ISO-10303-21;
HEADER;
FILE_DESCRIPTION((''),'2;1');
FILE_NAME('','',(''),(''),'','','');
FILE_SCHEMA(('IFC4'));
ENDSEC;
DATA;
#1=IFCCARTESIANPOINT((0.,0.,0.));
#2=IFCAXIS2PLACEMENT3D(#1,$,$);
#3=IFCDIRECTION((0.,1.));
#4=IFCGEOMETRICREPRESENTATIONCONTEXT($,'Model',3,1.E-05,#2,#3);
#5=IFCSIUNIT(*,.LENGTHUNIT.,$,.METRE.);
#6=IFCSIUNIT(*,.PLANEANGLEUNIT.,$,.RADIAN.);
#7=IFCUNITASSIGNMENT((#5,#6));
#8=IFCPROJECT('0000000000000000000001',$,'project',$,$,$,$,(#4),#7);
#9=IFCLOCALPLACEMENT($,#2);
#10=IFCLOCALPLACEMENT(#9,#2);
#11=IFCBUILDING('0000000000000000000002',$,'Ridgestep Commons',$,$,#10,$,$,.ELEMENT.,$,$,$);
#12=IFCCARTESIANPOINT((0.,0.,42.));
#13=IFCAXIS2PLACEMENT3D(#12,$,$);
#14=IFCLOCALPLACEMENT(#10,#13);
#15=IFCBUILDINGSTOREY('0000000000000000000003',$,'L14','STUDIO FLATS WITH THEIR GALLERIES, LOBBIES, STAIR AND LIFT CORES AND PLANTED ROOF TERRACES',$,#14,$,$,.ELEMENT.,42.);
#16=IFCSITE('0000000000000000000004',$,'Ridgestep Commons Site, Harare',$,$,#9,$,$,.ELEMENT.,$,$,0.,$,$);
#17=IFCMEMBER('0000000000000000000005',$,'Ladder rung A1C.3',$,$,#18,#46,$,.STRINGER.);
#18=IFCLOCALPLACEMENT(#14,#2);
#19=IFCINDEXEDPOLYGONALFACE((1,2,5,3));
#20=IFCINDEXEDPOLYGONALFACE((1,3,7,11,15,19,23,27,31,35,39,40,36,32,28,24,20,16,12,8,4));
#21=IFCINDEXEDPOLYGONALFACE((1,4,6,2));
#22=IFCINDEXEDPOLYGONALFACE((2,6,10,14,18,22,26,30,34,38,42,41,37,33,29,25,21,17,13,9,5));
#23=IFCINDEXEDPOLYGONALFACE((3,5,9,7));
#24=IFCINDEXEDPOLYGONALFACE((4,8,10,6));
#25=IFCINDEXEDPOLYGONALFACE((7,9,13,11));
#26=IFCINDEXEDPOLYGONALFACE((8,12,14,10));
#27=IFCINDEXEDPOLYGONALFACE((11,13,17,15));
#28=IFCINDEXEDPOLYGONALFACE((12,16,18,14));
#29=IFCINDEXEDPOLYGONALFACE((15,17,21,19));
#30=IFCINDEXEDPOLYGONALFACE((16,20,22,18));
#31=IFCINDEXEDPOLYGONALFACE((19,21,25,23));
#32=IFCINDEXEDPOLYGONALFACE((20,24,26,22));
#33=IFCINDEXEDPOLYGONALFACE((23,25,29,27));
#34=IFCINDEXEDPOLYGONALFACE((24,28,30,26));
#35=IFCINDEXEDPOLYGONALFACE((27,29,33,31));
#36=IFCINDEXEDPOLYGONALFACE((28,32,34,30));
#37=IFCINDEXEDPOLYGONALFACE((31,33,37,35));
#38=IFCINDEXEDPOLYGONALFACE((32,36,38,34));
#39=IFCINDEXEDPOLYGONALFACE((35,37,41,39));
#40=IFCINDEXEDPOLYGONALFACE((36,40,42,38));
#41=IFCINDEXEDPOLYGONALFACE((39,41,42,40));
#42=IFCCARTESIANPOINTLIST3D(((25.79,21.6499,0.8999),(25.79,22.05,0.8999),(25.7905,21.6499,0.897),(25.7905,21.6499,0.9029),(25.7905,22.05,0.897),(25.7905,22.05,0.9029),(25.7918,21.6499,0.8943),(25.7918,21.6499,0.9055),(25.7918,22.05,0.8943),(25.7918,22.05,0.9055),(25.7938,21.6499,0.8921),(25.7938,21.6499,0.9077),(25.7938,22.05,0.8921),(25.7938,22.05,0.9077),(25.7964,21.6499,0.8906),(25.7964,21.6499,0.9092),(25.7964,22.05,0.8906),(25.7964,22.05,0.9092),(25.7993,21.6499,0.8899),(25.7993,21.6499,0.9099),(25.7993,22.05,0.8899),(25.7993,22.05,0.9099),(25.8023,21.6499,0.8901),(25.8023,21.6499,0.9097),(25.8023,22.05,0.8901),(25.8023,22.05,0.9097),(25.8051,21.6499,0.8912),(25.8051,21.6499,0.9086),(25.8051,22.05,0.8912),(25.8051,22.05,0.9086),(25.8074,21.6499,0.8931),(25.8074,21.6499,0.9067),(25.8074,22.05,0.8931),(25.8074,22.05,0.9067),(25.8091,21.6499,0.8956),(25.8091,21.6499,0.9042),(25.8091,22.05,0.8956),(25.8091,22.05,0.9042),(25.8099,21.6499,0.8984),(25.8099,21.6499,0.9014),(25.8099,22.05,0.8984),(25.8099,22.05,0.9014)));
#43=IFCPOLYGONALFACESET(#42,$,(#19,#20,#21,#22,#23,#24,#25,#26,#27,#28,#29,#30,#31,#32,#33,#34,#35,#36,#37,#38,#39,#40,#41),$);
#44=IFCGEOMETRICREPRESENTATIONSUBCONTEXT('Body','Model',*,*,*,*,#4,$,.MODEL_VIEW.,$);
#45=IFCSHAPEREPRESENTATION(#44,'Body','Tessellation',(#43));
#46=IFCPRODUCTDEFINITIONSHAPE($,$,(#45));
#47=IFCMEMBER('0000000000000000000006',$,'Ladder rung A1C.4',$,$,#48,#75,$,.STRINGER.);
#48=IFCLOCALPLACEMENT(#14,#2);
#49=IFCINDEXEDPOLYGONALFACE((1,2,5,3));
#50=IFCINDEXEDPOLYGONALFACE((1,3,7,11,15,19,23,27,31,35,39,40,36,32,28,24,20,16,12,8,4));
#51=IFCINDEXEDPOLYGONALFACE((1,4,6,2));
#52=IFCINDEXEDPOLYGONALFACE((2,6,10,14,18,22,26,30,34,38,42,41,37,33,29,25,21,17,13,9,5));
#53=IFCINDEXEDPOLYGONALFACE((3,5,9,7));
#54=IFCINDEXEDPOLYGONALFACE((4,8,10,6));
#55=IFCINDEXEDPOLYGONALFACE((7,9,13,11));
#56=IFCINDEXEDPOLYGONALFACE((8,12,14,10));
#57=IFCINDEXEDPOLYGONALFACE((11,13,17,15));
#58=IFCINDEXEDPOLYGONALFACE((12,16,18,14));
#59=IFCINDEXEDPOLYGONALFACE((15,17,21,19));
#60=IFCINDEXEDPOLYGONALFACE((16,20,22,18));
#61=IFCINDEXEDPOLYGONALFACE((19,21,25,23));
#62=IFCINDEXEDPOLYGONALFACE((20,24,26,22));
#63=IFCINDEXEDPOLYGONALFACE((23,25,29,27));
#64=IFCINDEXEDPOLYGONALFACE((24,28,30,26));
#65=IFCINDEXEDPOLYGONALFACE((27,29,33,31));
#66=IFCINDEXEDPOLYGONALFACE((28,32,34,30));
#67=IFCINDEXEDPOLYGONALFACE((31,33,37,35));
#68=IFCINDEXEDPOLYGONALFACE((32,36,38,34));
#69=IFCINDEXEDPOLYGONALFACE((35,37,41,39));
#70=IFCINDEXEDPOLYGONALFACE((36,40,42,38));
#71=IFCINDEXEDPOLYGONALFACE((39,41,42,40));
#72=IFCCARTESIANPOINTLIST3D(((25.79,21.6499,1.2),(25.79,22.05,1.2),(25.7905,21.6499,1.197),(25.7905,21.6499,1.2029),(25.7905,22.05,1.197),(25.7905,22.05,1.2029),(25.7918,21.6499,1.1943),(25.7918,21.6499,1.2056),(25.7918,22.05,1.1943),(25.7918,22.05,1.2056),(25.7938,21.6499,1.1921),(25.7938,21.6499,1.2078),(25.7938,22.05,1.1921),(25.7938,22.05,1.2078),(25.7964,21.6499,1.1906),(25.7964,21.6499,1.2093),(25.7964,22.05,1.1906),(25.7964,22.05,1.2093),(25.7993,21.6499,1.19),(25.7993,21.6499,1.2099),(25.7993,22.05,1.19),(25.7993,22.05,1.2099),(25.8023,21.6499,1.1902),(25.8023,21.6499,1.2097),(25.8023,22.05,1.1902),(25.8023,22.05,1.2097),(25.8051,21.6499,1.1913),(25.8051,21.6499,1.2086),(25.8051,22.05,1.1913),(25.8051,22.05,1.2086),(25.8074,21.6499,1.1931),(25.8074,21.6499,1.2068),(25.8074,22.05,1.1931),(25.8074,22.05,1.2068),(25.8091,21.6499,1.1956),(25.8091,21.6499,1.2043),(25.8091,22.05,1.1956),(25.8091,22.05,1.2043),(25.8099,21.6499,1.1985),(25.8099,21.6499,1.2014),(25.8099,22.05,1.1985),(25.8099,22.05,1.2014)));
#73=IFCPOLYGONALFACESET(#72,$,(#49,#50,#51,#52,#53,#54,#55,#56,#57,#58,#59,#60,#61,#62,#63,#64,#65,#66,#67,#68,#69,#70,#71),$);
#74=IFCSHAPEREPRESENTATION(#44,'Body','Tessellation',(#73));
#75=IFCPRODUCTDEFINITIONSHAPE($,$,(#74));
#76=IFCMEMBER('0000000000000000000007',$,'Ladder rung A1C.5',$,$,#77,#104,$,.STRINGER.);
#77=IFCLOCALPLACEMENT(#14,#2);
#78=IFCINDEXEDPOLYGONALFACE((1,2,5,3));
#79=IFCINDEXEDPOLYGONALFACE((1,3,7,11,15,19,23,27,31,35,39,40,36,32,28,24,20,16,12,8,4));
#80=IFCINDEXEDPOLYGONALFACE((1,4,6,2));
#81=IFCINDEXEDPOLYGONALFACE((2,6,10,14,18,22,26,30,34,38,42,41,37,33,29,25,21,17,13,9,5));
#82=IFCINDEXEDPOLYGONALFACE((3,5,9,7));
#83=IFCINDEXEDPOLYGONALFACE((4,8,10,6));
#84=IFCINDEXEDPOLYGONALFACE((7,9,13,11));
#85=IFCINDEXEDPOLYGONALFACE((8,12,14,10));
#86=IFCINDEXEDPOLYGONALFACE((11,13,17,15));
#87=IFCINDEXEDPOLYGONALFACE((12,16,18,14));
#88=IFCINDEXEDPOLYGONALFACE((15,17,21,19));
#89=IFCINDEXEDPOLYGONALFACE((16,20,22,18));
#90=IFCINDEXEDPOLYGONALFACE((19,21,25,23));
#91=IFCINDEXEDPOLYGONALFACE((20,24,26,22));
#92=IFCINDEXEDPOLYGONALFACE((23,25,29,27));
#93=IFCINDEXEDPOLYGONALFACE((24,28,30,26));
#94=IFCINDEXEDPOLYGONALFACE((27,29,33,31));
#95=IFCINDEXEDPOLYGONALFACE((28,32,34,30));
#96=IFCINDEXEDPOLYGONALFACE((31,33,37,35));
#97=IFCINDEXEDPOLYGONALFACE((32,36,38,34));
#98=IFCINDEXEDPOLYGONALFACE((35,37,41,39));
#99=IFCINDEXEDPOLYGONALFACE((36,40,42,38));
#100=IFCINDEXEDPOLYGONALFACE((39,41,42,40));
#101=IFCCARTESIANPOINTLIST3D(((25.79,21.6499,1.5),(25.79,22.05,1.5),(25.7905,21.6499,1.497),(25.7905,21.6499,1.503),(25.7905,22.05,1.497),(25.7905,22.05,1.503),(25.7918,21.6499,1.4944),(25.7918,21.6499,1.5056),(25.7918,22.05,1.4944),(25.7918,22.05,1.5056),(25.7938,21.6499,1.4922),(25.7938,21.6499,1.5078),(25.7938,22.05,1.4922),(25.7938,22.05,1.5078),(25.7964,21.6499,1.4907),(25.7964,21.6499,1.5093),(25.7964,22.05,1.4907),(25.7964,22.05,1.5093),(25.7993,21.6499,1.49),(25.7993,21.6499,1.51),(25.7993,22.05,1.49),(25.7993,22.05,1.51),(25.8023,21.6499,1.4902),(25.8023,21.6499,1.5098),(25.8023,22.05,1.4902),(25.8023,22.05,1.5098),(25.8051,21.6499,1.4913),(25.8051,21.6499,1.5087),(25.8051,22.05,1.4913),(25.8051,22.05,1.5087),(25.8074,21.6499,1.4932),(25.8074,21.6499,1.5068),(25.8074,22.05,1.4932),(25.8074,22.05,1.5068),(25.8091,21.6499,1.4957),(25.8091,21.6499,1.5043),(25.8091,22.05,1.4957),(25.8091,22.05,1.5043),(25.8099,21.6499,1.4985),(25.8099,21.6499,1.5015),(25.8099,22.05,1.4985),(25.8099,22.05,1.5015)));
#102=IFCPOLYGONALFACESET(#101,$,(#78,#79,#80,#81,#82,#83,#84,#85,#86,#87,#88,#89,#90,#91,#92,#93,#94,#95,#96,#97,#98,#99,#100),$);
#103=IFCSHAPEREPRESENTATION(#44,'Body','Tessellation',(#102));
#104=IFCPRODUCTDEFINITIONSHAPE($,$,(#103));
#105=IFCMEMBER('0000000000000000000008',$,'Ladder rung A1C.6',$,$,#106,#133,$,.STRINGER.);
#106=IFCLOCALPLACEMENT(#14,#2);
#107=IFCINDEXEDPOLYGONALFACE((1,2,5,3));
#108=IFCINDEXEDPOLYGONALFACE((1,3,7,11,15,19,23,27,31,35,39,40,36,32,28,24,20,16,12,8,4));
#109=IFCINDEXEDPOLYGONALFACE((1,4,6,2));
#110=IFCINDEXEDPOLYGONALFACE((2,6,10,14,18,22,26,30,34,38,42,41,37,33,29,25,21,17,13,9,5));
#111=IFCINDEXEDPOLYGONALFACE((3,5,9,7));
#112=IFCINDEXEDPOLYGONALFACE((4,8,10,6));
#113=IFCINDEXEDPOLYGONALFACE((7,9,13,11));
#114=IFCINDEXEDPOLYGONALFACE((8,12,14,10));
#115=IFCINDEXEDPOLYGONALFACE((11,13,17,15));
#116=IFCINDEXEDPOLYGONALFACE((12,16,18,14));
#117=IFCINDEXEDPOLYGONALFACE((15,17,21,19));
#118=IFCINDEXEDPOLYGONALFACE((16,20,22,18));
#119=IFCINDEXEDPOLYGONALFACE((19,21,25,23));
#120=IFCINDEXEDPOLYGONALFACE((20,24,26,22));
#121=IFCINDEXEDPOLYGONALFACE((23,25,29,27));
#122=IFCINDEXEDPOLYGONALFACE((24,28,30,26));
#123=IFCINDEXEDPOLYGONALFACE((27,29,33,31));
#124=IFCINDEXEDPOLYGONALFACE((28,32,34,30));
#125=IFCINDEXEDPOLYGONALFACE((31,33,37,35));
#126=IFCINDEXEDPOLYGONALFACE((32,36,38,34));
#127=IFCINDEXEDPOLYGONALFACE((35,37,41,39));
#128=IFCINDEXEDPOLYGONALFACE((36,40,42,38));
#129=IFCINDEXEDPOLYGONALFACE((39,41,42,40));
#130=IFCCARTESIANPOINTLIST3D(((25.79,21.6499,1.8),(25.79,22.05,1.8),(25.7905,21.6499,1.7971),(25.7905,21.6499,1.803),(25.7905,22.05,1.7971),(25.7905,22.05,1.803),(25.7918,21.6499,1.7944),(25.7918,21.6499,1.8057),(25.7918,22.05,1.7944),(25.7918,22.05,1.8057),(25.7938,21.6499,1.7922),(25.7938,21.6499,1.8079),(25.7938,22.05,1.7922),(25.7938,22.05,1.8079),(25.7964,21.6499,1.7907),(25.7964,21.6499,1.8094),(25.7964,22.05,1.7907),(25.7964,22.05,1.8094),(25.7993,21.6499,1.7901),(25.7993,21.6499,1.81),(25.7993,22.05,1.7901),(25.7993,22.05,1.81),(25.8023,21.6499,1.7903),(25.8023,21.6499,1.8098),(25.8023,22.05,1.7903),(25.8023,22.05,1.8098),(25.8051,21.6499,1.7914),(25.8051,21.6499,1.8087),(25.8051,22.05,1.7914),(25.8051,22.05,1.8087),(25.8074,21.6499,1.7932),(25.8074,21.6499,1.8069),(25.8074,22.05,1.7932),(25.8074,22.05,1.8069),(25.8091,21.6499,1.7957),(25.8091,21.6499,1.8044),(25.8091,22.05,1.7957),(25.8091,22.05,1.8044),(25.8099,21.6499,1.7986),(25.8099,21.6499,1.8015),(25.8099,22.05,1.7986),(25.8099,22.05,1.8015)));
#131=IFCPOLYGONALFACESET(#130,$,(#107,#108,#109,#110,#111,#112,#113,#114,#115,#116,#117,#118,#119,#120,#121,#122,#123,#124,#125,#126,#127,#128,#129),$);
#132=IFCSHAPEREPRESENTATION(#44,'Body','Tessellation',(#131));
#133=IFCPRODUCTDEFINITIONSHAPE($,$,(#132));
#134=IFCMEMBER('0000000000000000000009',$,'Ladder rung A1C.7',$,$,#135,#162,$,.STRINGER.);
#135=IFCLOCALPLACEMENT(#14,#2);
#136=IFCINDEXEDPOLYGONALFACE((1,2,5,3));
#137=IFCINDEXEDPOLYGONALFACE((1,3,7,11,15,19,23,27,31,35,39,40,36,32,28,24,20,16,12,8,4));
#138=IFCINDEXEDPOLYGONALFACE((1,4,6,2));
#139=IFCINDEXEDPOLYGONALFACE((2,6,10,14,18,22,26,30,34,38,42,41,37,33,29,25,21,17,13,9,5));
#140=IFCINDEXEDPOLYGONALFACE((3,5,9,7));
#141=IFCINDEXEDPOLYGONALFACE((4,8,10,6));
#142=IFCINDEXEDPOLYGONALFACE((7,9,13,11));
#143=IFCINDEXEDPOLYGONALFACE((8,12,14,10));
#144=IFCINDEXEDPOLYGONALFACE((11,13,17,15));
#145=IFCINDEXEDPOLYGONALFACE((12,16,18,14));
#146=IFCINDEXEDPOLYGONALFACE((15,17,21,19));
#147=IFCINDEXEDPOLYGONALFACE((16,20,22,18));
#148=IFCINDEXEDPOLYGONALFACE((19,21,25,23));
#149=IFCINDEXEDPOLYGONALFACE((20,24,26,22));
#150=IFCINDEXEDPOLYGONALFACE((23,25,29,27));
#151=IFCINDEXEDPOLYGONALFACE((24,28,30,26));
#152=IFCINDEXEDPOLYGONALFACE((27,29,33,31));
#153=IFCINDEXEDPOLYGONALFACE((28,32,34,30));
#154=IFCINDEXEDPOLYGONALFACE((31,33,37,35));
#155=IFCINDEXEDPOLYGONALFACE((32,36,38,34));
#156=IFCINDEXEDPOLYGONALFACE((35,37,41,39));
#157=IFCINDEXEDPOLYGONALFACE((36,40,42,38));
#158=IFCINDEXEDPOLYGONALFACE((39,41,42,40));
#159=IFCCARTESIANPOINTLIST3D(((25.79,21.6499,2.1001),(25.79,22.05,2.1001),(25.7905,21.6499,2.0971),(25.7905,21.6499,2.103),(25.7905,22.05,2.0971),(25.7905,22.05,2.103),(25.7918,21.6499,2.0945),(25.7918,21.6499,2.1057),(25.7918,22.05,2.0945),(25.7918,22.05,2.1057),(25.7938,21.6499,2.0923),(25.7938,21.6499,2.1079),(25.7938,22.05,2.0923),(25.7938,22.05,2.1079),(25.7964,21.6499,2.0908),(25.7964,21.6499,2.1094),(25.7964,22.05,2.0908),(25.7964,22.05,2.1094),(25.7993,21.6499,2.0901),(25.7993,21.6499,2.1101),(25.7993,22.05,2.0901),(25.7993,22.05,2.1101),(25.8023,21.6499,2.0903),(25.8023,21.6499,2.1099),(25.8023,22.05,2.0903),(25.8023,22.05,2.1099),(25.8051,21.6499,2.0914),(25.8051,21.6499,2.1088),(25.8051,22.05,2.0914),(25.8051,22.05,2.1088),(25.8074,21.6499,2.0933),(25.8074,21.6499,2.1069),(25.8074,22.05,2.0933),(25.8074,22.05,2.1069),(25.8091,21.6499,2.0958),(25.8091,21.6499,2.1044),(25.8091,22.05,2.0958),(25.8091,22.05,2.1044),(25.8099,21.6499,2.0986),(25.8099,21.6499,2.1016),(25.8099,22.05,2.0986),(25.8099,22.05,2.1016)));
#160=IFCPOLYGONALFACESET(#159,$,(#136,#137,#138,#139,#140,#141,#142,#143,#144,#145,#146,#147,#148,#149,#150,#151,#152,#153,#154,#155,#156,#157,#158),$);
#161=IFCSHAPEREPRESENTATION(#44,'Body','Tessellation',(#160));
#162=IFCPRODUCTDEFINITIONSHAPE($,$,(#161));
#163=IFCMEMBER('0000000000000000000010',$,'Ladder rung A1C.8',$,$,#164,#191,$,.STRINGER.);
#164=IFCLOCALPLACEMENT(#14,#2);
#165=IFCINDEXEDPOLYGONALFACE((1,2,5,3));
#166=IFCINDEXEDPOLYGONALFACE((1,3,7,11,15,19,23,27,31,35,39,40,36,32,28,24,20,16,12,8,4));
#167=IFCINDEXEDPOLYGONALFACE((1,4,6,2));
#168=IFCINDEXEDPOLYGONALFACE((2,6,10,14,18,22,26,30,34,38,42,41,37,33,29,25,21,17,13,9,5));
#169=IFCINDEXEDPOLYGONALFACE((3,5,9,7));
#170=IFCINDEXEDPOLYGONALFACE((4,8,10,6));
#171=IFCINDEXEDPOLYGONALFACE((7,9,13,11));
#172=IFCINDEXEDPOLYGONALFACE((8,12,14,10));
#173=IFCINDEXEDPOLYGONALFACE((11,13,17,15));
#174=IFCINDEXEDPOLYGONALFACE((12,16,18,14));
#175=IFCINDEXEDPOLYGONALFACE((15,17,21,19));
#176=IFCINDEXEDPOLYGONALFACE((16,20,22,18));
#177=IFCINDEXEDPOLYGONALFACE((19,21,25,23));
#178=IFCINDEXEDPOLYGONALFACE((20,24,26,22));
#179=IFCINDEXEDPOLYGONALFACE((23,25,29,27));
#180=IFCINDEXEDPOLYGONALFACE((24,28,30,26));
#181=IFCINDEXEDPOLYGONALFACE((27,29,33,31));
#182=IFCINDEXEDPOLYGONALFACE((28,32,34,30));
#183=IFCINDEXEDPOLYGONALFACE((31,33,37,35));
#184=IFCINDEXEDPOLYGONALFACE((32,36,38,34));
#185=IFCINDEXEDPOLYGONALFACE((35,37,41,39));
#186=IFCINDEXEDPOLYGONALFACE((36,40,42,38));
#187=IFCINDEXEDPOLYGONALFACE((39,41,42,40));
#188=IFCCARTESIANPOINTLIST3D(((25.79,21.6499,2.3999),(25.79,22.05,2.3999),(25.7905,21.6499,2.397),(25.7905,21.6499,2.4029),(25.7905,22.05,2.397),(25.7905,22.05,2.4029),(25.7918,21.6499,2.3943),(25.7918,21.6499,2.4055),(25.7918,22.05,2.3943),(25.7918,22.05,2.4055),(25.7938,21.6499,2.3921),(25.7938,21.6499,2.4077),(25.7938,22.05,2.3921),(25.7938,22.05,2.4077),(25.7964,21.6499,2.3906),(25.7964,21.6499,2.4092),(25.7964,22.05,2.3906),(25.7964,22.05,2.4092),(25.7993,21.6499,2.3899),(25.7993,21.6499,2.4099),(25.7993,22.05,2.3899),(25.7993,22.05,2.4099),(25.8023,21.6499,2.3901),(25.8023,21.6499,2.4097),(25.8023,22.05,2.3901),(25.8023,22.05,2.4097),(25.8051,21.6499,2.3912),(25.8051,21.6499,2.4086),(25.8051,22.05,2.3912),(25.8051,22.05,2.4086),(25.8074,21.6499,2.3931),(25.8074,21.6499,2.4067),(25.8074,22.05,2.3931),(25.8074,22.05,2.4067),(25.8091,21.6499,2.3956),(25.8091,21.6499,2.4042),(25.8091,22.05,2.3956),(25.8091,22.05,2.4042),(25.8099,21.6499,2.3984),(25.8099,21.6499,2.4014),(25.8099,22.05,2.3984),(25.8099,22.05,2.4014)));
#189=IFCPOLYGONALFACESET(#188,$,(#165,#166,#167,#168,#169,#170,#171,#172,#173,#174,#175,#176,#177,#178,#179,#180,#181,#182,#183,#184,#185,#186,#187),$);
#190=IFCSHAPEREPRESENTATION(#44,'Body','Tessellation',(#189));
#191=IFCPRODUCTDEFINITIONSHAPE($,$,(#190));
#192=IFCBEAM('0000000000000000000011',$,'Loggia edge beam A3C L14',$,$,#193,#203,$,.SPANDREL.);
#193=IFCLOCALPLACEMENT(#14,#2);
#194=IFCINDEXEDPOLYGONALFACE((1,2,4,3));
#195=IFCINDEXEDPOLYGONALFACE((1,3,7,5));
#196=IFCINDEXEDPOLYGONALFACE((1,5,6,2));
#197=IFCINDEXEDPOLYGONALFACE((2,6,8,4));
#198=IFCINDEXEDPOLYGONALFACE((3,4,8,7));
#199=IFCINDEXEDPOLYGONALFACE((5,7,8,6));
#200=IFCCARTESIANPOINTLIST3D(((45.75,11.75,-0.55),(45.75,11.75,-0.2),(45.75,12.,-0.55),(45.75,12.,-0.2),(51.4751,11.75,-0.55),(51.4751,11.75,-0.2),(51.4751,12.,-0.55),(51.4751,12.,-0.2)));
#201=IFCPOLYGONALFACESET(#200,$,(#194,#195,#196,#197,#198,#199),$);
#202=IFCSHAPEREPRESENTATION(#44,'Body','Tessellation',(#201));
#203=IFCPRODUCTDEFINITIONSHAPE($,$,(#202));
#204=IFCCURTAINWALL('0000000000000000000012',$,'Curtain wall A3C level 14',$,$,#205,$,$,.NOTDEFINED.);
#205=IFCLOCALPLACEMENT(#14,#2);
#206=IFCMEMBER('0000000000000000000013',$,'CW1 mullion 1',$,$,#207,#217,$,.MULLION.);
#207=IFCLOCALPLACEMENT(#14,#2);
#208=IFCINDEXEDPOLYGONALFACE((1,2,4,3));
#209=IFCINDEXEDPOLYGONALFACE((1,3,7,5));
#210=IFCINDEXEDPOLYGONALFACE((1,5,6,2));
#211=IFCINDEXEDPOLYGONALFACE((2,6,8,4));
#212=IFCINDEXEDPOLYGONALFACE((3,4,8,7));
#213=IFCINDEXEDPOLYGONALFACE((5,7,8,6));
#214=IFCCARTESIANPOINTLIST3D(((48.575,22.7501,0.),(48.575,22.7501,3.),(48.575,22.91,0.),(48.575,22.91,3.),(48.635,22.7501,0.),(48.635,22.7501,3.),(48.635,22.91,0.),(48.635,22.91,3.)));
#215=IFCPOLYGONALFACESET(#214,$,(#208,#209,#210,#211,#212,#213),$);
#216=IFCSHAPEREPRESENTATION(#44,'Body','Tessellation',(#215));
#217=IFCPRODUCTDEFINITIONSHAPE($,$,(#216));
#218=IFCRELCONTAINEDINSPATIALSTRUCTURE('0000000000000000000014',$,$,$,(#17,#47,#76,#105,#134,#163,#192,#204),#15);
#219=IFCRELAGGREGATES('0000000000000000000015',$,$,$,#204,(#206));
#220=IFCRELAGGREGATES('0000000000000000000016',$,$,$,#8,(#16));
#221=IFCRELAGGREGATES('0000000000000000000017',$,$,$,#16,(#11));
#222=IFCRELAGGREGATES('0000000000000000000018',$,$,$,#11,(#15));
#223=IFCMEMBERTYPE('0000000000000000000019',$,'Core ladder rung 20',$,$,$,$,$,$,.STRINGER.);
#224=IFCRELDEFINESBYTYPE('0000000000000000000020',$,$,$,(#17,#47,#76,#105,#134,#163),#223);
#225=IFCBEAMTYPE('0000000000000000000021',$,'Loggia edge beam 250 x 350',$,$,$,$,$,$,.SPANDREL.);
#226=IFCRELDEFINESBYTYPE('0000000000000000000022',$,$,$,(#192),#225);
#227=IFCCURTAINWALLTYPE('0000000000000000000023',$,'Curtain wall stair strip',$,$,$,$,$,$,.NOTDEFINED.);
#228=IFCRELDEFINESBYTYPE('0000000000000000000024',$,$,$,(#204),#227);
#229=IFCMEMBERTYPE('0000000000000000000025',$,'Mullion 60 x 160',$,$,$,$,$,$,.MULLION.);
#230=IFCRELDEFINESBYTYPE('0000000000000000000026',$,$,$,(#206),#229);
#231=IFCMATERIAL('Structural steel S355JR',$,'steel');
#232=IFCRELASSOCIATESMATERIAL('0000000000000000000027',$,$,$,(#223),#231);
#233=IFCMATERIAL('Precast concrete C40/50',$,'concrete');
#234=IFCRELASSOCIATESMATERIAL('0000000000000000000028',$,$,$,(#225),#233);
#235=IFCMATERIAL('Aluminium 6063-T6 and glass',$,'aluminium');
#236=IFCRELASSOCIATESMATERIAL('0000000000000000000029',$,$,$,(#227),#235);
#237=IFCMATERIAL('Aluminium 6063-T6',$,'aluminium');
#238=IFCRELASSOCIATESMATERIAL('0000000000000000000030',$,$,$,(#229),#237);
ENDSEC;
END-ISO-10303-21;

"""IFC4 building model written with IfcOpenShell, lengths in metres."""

from ifc_helpers import new_model, si_unit, direction, frame, origin, origin_2d, place, context, subcontext, project, spatial, rectangle, circle, extrude, material, material_profile, profile_set, type_object, element, aggregate, save


model = new_model("IFC4")

# Units and contexts
model_context = context("Model", 3, precision=1e-05, world=origin(), true_north=direction((0.0, 1.0)))
body_context = subcontext(model_context, "Body", "Model", "MODEL_VIEW")
ifc_project = project(units=[si_unit("LENGTHUNIT", "METRE"), si_unit("PLANEANGLEUNIT", "RADIAN")], contexts=[model_context])

# Site, building, storey
site_placement = place(None, origin())
site = spatial("IfcSite", under=ifc_project, at=site_placement, Name="Ridgestep Commons Site, Harare", CompositionType="ELEMENT", RefElevation=0.0)
building_placement = place(site_placement, origin())
building = spatial("IfcBuilding", under=site, at=building_placement, Name="Ridgestep Commons", CompositionType="ELEMENT")
storey_placement = place(building_placement, frame((0.0, 0.0, 42.0)))
storey = spatial("IfcBuildingStorey", under=building, at=storey_placement, Name="L14", Description="STUDIO FLATS WITH THEIR GALLERIES, LOBBIES, STAIR AND LIFT CORES AND PLANTED ROOF TERRACES", CompositionType="ELEMENT", Elevation=42.0)

# Members
ifc_material_1 = material(Name="Structural steel S355JR", Category="steel")
ifc_material_profile_1 = material_profile(ifc_material_1, circle(Radius=0.01, at=origin_2d()), Name="Round bar 20")
ifc_profile_set_1 = profile_set([ifc_material_profile_1], Name="Structural steel S355JR")
member_type_1 = type_object("IfcMemberType", Name="Core ladder rung 20", PredefinedType="STRINGER", material=ifc_profile_set_1)
for number, where, z_axis, x_axis, name in (
    (1, (25.8, 21.6499, 0.8999), (0.0, 1.0, 0.0), (-1.0, 0.0, 0.0), "Ladder rung A1C.3"),
    (2, (25.8, 21.6499, 1.2), (0.0, 1.0, 0.0), (-1.0, 0.0, 0.0), "Ladder rung A1C.4"),
    (3, (25.8, 21.6499, 1.5), (0.0, 1.0, 0.0), (-1.0, 0.0, 0.0), "Ladder rung A1C.5"),
    (4, (25.8, 21.6499, 1.8), (0.0, 1.0, 0.0), (-1.0, 0.0, 0.0), "Ladder rung A1C.6"),
    (5, (25.8, 21.6499, 2.1001), (0.0, 1.0, 0.0), (-1.0, 0.0, 0.0), "Ladder rung A1C.7"),
    (6, (25.8, 21.6499, 2.3999), (0.0, 1.0, 0.0), (-1.0, 0.0, 0.0), "Ladder rung A1C.8"),
):
    element("IfcMember", number, at=place(storey_placement, frame(where, z_axis=z_axis, x_axis=x_axis)), inside=storey, type_object=member_type_1, Name=name, PredefinedType="STRINGER", context=body_context, shape_type="SweptSolid", body=[
        extrude(circle(Radius=0.01, at=origin_2d()), origin(), (0.0, 0.0, 1.0), 0.4001),
    ])

# Beam
ifc_material_2 = material(Name="Precast concrete C40/50", Category="concrete")
ifc_material_profile_2 = material_profile(ifc_material_2, rectangle(XDim=0.25, YDim=0.3501, at=origin_2d()), Name="PC 250x350")
ifc_profile_set_2 = profile_set([ifc_material_profile_2], Name="Precast concrete C40/50")
beam_type = type_object("IfcBeamType", Name="Loggia edge beam 250 x 350", PredefinedType="SPANDREL", material=ifc_profile_set_2)
beam_placement = place(storey_placement, frame((45.75, 11.875, -0.375), z_axis=(1.0, 0.0, 0.0), x_axis=(0.0, 1.0, 0.0)))
element("IfcBeam", 7, at=beam_placement, inside=storey, type_object=beam_type, Name="Loggia edge beam A3C L14", PredefinedType="SPANDREL", context=body_context, shape_type="SweptSolid", body=[
    extrude(rectangle(XDim=0.25, YDim=0.3501, at=origin_2d()), origin(), (0.0, 0.0, 1.0), 5.7251),
])

# Curtain wall, member
ifc_material_3 = material(Name="Aluminium 6063-T6 and glass", Category="aluminium")
curtain_wall_type = type_object("IfcCurtainWallType", Name="Curtain wall stair strip", PredefinedType="NOTDEFINED", material=ifc_material_3)
curtain_wall_placement = place(storey_placement, origin())
curtain_wall = element("IfcCurtainWall", 8, at=curtain_wall_placement, inside=storey, type_object=curtain_wall_type, Name="Curtain wall A3C level 14", PredefinedType="NOTDEFINED")
ifc_material_4 = material(Name="Aluminium 6063-T6", Category="aluminium")
ifc_material_profile_3 = material_profile(ifc_material_4, rectangle(XDim=0.1599, YDim=0.0601, at=origin_2d()), Name="Mullion 60 x 160")
ifc_profile_set_3 = profile_set([ifc_material_profile_3], Name="Aluminium 6063-T6")
member_type_2 = type_object("IfcMemberType", Name="Mullion 60 x 160", PredefinedType="MULLION", material=ifc_profile_set_3)
member_1_placement = place(storey_placement, frame((48.605, 22.8301, 0.0), z_axis=(0.0, 0.0, 1.0), x_axis=(0.0, 1.0, 0.0)))
member_1 = element("IfcMember", 9, at=member_1_placement, type_object=member_type_2, Name="CW1 mullion 1", PredefinedType="MULLION", context=body_context, shape_type="SweptSolid", body=[
    extrude(rectangle(XDim=0.1599, YDim=0.0601, at=origin_2d()), origin(), (0.0, 0.0, 1.0), 3.0),
])
aggregate(curtain_wall, [member_1])

save(model, "model.ifc")
